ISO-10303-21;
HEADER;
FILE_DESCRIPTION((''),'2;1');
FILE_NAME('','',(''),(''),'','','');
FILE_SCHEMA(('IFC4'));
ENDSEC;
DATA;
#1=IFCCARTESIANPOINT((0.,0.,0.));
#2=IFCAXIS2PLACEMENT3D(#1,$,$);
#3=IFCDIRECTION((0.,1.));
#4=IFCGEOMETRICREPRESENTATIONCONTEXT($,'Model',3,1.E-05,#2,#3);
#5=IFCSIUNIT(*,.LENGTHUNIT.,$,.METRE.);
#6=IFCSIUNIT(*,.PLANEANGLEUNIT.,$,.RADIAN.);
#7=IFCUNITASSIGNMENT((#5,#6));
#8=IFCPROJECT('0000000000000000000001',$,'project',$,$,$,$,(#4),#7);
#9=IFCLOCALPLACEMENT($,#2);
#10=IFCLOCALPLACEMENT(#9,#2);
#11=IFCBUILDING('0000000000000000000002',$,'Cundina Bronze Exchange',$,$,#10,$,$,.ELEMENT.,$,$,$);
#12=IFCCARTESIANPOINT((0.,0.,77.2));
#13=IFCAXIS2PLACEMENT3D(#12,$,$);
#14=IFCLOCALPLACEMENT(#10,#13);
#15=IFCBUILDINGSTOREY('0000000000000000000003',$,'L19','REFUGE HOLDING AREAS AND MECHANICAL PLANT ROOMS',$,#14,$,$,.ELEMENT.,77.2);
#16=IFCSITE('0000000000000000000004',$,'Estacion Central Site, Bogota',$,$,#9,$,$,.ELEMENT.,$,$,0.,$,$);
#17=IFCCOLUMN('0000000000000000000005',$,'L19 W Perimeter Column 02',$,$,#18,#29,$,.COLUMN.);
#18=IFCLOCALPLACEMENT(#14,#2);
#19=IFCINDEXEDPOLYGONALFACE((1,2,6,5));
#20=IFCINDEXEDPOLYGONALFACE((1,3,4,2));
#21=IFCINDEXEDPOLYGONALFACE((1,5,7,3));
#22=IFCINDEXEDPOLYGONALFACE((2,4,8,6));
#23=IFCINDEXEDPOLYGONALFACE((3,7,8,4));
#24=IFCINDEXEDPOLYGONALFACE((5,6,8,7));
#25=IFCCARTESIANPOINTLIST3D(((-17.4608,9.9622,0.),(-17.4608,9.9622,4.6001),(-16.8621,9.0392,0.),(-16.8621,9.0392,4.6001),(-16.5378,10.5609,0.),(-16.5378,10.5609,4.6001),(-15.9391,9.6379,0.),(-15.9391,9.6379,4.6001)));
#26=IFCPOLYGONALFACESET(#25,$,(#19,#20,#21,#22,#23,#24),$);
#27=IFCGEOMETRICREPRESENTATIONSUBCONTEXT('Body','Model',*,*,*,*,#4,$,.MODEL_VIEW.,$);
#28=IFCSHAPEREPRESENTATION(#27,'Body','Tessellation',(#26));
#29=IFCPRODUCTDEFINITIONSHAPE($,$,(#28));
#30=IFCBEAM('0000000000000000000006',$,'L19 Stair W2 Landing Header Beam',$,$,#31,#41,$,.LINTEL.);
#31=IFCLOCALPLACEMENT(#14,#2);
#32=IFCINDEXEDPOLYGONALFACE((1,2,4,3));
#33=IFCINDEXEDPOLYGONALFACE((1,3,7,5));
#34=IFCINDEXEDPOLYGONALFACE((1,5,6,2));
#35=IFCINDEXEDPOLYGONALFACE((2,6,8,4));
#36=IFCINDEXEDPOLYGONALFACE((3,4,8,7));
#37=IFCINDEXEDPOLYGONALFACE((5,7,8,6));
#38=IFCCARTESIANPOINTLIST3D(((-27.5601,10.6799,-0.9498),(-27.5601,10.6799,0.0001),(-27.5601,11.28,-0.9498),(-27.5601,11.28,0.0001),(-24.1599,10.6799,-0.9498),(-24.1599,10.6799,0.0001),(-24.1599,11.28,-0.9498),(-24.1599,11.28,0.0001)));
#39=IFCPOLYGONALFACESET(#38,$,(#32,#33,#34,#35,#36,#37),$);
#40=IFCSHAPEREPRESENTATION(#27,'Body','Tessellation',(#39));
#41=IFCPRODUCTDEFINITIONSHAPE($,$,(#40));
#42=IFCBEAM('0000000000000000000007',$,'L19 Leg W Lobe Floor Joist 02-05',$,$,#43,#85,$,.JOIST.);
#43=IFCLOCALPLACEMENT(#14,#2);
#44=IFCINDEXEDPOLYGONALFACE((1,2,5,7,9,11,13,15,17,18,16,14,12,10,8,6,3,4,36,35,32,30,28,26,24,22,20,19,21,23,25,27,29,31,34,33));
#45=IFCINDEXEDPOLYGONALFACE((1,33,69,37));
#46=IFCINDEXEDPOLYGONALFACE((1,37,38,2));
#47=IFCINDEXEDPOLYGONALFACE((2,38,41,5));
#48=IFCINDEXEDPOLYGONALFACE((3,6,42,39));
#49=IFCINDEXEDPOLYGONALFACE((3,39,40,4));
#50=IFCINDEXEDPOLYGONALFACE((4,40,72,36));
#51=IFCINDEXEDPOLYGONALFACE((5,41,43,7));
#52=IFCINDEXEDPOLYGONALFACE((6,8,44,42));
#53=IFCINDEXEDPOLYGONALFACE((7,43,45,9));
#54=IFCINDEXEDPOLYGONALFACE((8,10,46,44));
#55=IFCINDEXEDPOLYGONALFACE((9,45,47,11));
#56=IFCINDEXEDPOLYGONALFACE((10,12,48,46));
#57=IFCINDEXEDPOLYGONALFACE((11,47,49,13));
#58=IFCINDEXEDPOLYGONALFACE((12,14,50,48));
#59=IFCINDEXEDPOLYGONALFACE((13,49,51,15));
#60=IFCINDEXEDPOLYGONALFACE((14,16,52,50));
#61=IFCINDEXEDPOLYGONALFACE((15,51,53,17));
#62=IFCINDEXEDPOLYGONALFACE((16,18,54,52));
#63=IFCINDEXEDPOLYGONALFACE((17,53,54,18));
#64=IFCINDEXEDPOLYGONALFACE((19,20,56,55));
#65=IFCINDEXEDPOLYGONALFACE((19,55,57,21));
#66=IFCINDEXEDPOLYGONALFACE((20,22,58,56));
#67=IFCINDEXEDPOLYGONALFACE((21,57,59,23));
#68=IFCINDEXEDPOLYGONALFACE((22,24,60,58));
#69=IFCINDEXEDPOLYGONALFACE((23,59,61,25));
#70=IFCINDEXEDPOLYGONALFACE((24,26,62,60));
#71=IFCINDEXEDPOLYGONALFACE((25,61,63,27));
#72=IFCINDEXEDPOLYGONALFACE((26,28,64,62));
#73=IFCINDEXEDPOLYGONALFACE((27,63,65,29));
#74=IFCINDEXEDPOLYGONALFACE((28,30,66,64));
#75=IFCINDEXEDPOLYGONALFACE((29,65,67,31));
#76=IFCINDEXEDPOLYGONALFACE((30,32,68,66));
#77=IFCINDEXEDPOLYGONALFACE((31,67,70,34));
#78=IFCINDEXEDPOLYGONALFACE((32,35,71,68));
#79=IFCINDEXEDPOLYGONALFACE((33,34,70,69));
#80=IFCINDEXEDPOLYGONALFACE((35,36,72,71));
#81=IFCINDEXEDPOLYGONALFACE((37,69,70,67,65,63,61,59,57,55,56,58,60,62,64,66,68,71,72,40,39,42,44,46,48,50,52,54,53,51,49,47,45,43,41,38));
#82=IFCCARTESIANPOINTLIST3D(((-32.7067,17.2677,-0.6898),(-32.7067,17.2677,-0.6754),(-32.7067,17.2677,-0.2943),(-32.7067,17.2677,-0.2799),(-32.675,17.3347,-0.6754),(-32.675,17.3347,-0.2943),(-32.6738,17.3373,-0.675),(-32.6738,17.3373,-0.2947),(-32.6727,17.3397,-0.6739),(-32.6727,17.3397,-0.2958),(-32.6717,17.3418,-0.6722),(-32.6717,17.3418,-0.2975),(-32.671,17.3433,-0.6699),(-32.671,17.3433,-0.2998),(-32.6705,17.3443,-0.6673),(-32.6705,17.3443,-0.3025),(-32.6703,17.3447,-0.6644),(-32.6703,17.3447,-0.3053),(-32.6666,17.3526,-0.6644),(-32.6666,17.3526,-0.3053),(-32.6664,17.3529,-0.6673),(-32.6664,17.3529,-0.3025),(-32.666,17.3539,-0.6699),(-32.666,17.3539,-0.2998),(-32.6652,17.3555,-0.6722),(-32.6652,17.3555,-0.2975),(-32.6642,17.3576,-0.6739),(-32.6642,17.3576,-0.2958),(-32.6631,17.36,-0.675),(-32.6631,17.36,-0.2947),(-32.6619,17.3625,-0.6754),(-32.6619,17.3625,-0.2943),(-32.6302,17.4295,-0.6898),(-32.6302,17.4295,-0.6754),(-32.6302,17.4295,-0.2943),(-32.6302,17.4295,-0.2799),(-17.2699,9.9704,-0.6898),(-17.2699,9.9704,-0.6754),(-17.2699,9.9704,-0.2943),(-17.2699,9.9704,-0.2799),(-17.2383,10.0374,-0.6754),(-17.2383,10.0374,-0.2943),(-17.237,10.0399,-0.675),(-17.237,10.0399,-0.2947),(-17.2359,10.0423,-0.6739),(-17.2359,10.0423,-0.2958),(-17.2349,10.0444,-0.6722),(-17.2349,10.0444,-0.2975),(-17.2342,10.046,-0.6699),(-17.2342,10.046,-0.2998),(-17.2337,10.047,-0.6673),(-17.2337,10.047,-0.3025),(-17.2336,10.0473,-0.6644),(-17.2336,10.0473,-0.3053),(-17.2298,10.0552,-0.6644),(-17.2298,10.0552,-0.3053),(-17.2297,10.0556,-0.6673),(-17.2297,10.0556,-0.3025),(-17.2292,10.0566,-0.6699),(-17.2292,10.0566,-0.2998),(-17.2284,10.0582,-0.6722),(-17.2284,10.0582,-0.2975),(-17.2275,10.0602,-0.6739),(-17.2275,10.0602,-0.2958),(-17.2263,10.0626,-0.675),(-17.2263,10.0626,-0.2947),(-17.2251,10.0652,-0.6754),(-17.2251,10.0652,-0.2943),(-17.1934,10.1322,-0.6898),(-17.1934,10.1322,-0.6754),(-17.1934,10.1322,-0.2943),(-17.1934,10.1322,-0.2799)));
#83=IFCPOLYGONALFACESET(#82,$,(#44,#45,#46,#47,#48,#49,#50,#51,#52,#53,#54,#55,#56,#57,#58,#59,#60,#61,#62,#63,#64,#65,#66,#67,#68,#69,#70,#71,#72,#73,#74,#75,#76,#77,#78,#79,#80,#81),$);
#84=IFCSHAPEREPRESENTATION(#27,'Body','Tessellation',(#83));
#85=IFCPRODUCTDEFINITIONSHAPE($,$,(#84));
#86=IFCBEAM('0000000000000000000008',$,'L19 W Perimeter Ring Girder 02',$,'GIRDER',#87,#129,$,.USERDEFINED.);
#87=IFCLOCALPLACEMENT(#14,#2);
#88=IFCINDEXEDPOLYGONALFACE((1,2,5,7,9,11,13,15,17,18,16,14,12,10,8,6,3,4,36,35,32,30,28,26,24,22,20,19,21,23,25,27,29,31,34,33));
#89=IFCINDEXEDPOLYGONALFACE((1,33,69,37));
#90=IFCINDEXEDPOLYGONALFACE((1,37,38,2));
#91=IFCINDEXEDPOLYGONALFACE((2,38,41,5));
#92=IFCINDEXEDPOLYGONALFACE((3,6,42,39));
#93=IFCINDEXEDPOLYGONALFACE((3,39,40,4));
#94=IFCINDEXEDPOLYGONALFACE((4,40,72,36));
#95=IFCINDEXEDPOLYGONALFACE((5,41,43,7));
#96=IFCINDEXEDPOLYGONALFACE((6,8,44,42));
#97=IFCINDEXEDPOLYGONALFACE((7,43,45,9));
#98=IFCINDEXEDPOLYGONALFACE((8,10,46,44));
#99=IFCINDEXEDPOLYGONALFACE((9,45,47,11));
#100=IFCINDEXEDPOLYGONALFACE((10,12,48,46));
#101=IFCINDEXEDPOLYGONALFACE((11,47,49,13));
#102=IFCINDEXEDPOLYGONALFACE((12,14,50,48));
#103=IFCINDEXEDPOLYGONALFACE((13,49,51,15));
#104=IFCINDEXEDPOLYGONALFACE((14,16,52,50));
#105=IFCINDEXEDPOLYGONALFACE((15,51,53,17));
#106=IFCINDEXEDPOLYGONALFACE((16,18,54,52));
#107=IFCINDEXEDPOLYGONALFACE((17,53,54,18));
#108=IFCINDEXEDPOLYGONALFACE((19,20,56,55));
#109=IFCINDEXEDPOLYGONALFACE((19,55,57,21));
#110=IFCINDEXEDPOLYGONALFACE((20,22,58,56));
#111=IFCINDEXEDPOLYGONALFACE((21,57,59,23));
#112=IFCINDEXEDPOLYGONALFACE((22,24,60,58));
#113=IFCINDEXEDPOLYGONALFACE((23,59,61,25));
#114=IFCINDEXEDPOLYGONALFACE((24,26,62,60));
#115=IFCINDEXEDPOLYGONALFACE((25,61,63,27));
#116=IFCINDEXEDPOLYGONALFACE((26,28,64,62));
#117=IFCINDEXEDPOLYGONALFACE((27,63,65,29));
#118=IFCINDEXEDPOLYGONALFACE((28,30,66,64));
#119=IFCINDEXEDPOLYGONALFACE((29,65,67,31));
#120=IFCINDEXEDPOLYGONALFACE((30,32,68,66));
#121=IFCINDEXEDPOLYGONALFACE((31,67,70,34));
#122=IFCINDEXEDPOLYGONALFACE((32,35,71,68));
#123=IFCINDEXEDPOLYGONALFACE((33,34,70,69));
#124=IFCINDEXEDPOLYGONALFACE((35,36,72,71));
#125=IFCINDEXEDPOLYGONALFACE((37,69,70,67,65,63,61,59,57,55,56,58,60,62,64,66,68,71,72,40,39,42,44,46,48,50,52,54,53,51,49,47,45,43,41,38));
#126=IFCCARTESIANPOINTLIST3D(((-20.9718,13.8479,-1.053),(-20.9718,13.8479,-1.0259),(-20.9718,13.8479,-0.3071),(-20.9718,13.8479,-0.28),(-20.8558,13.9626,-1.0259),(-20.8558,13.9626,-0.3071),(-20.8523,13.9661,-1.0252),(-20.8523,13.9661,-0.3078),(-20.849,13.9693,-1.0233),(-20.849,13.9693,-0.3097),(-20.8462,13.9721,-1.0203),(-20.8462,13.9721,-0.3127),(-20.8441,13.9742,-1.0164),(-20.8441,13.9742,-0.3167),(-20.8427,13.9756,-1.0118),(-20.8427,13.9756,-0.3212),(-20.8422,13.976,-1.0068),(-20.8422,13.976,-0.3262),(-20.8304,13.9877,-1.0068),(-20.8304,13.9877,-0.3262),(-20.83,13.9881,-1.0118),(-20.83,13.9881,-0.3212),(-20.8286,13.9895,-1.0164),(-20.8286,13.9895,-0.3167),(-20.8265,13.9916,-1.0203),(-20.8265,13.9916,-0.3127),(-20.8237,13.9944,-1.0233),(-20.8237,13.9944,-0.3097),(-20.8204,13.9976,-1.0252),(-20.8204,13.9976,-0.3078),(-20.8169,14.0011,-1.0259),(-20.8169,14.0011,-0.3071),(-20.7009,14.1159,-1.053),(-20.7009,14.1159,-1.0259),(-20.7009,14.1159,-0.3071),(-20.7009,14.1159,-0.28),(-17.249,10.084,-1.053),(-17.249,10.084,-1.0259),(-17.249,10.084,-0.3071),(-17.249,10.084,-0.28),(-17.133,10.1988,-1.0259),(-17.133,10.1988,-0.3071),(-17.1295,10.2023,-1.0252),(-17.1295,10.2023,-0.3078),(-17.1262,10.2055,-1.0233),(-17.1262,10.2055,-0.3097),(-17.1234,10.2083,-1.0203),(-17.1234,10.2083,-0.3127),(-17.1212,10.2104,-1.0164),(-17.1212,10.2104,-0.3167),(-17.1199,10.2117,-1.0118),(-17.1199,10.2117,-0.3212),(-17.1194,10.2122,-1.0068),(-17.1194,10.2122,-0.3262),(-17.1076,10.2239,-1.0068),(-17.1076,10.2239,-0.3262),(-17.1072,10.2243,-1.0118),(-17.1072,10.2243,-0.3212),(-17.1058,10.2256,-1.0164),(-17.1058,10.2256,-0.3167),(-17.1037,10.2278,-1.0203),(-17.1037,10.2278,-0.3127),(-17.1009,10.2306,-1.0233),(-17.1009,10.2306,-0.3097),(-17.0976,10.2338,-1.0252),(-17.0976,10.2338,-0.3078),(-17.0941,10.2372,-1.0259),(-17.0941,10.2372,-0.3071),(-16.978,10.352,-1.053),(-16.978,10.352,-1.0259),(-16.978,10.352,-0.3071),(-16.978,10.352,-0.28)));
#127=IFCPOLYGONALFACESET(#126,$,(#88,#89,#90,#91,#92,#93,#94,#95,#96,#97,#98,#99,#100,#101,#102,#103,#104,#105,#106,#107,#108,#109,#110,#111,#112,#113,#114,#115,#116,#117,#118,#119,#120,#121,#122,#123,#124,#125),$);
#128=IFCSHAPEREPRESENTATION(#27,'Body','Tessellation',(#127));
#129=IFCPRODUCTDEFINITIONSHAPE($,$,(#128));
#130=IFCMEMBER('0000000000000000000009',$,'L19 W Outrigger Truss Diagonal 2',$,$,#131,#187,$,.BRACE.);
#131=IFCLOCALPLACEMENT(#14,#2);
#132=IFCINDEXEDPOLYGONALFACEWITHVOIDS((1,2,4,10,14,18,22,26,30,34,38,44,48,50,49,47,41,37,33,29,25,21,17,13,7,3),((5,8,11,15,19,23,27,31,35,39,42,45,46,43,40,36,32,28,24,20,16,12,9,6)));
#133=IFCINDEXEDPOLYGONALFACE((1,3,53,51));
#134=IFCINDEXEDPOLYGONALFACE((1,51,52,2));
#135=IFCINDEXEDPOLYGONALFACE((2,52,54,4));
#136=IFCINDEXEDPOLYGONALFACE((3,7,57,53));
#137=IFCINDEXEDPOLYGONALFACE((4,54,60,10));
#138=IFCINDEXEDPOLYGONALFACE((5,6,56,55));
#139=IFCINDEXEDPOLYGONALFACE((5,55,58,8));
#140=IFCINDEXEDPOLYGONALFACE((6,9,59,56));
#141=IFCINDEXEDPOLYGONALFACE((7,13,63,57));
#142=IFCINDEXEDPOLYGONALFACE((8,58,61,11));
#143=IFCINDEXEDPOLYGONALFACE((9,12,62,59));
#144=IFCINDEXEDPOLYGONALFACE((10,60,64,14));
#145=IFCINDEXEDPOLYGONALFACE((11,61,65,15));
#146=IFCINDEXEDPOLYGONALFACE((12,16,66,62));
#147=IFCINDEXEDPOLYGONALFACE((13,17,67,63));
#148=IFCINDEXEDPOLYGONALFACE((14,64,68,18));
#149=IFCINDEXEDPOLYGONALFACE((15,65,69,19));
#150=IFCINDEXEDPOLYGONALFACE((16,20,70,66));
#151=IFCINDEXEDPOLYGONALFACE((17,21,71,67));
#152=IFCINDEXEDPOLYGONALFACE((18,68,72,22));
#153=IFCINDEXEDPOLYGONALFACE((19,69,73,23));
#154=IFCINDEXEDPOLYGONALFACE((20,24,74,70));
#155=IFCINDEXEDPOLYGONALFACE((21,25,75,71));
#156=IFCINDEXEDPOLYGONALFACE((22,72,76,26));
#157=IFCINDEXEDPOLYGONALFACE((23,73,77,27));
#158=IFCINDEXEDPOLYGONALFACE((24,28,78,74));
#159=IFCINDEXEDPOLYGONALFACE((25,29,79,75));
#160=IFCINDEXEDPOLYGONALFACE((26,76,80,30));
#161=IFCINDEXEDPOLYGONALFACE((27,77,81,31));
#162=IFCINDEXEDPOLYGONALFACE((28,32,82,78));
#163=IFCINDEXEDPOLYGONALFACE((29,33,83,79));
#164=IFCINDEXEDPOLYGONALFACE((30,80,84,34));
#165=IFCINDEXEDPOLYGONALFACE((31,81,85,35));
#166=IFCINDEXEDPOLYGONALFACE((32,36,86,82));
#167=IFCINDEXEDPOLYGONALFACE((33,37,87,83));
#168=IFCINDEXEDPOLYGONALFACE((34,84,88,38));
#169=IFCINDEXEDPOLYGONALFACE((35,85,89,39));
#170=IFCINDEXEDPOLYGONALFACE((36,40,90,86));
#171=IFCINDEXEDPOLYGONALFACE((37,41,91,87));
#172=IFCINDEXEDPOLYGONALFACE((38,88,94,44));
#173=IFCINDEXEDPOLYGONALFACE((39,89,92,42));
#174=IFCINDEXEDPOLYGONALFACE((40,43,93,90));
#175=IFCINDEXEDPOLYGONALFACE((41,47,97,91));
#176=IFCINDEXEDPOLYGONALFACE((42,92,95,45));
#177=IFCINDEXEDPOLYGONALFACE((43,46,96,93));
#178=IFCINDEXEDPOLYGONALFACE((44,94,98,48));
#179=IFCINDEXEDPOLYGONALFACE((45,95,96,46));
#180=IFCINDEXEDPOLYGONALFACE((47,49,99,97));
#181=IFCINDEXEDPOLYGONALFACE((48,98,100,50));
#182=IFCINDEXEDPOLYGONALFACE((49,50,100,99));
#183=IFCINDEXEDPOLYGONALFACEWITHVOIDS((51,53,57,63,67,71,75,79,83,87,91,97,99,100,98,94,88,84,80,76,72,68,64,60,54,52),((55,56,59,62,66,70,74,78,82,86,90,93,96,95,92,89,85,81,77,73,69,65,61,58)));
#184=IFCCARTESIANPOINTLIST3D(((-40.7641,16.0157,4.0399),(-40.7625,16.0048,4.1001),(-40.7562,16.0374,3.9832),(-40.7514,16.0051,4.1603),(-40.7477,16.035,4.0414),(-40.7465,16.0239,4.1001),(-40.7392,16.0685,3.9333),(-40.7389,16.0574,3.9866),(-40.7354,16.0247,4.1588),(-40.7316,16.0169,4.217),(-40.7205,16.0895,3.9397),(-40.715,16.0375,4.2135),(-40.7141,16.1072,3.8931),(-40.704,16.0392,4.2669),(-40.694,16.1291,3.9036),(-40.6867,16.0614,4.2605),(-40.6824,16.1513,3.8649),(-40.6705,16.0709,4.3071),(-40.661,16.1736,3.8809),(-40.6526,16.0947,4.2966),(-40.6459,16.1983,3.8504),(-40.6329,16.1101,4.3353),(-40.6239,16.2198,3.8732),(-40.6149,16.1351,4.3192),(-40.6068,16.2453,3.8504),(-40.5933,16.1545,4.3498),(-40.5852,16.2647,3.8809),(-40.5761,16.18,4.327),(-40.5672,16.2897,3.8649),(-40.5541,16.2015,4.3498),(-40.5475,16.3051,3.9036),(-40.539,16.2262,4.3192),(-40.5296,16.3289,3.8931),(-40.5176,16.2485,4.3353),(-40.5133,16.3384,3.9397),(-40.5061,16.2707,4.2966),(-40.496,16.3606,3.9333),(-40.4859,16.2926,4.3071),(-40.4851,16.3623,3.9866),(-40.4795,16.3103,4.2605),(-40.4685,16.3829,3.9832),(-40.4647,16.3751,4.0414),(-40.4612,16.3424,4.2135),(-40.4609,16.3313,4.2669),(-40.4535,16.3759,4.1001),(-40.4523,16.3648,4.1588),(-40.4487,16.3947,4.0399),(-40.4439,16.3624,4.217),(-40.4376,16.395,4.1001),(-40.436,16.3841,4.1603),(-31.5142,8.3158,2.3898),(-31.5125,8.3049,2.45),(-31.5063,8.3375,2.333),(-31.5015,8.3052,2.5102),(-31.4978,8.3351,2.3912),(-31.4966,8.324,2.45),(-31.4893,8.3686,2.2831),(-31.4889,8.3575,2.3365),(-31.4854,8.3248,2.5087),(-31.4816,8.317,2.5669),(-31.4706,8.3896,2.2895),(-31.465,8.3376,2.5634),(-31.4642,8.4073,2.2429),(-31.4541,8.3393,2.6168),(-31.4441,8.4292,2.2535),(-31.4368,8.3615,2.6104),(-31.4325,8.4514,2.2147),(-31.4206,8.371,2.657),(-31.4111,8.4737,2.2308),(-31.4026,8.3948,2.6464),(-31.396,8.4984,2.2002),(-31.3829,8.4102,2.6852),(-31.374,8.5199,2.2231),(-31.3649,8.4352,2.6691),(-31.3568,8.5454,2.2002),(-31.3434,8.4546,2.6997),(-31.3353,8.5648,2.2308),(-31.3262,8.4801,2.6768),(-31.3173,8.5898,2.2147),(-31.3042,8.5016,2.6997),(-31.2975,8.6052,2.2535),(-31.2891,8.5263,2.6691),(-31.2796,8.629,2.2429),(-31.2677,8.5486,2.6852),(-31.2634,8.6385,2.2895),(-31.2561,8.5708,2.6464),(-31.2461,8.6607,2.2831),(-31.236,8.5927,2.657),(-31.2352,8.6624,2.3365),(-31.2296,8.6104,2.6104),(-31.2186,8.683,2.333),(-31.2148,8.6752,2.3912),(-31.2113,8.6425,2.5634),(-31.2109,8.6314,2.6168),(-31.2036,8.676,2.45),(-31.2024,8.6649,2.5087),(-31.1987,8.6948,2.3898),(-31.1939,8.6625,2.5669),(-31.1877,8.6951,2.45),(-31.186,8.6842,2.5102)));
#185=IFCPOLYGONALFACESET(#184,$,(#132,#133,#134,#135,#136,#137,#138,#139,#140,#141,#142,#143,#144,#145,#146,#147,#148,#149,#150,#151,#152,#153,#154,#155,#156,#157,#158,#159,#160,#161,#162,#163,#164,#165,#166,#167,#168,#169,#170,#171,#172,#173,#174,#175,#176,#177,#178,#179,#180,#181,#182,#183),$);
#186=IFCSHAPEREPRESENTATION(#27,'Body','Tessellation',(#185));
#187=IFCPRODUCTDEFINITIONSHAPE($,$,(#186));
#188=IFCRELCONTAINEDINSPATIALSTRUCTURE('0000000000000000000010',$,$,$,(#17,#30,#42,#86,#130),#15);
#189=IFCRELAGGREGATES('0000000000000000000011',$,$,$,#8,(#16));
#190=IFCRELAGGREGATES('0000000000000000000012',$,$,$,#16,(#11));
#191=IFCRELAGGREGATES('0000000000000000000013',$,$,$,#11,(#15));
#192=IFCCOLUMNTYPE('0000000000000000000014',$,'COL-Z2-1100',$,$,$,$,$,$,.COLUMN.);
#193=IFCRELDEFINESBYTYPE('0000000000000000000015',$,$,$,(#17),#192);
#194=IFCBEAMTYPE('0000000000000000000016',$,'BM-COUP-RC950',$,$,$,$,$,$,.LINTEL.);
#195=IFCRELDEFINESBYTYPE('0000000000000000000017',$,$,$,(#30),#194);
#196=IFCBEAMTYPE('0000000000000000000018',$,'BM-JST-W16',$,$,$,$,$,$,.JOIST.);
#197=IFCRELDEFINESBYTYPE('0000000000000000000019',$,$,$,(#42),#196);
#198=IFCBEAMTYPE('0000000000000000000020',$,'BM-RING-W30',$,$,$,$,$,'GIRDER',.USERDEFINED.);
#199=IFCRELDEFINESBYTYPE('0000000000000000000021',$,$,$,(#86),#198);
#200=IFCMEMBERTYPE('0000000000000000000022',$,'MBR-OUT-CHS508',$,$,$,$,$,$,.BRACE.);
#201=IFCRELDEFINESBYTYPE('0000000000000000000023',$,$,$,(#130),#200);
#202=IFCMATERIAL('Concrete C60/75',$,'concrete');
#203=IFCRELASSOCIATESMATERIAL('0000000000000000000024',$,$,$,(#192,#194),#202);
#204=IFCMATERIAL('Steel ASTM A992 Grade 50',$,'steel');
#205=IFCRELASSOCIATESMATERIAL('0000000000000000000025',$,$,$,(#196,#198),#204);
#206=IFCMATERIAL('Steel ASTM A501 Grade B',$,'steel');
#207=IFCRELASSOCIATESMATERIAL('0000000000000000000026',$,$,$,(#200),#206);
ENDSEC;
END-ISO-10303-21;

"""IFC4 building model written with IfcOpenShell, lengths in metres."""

from ifc_helpers import new_model, si_unit, direction, frame, origin, origin_2d, place, context, subcontext, project, spatial, rectangle, hollow_circle, i_section, extrude, material, material_profile, profile_set, type_object, element, save


model = new_model("IFC4")

# Units and contexts
model_context = context("Model", 3, precision=1e-05, world=origin(), true_north=direction((0.0, 1.0)))
body_context = subcontext(model_context, "Body", "Model", "MODEL_VIEW")
ifc_project = project(units=[si_unit("LENGTHUNIT", "METRE"), si_unit("PLANEANGLEUNIT", "RADIAN")], contexts=[model_context])

# Site, building, storey
site_placement = place(None, origin())
site = spatial("IfcSite", under=ifc_project, at=site_placement, Name="Estacion Central Site, Bogota", CompositionType="ELEMENT", RefElevation=0.0)
building_placement = place(site_placement, origin())
building = spatial("IfcBuilding", under=site, at=building_placement, Name="Cundina Bronze Exchange", CompositionType="ELEMENT")
storey_placement = place(building_placement, frame((0.0, 0.0, 77.2)))
storey = spatial("IfcBuildingStorey", under=building, at=storey_placement, Name="L19", Description="REFUGE HOLDING AREAS AND MECHANICAL PLANT ROOMS", CompositionType="ELEMENT", Elevation=77.2)

# Column
ifc_material_1 = material(Name="Concrete C60/75", Category="concrete")
ifc_material_profile_1 = material_profile(ifc_material_1, rectangle(XDim=1.1001, YDim=1.1001, at=origin_2d()), Name="RC1100X1100", Category="concrete")
ifc_profile_set_1 = profile_set([ifc_material_profile_1], Name="Concrete C60/75")
column_type = type_object("IfcColumnType", Name="COL-Z2-1100", PredefinedType="COLUMN", material=ifc_profile_set_1)
column_placement = place(storey_placement, frame((-16.7, 9.8, 0.0), z_axis=(0.0, 0.0, 1.0), x_axis=(-0.5442, 0.838956, 0.0)))
element("IfcColumn", 1, at=column_placement, inside=storey, type_object=column_type, Name="L19 W Perimeter Column 02", PredefinedType="COLUMN", context=body_context, shape_type="SweptSolid", body=[
    extrude(rectangle(XDim=1.1001, YDim=1.1001, at=origin_2d()), origin(), (0.0, 0.0, 1.0), 4.6001),
])

# Beams
ifc_material_profile_2 = material_profile(ifc_material_1, rectangle(XDim=0.6001, YDim=0.95, at=origin_2d()), Name="RC600X950", Category="concrete")
ifc_profile_set_2 = profile_set([ifc_material_profile_2], Name="Concrete C60/75")
beam_type_1 = type_object("IfcBeamType", Name="BM-COUP-RC950", PredefinedType="LINTEL", material=ifc_profile_set_2)
beam_1_placement = place(storey_placement, frame((-27.5601, 10.98, -0.4749), z_axis=(1.0, 0.0, 0.0), x_axis=(0.0, 1.0, 0.0)))
element("IfcBeam", 2, at=beam_1_placement, inside=storey, type_object=beam_type_1, Name="L19 Stair W2 Landing Header Beam", PredefinedType="LINTEL", context=body_context, shape_type="SweptSolid", body=[
    extrude(rectangle(XDim=0.6001, YDim=0.95, at=origin_2d()), origin(), (0.0, 0.0, 1.0), 3.4001),
])
ifc_material_2 = material(Name="Steel ASTM A992 Grade 50", Category="steel")
ifc_material_profile_3 = material_profile(ifc_material_2, i_section(OverallWidth=0.179, OverallDepth=0.4099, WebThickness=0.0088, FlangeThickness=0.0144, FilletRadius=0.011, at=origin_2d()), Name="W16X45", Category="steel")
ifc_profile_set_3 = profile_set([ifc_material_profile_3], Name="Steel ASTM A992 Grade 50")
beam_type_2 = type_object("IfcBeamType", Name="BM-JST-W16", PredefinedType="JOIST", material=ifc_profile_set_3)
beam_2_placement = place(storey_placement, frame((-17.2317, 10.0513, -0.4849), z_axis=(-0.904073, 0.427379, 0.0), x_axis=(-0.427379, -0.904073, 0.0)))
element("IfcBeam", 3, at=beam_2_placement, inside=storey, type_object=beam_type_2, Name="L19 Leg W Lobe Floor Joist 02-05", PredefinedType="JOIST", context=body_context, shape_type="SweptSolid", body=[
    extrude(i_section(OverallWidth=0.179, OverallDepth=0.4099, WebThickness=0.0088, FlangeThickness=0.0144, FilletRadius=0.011, at=origin_2d()), origin(), (0.0, 0.0, 1.0), 17.0747),
])
ifc_material_profile_4 = material_profile(ifc_material_2, i_section(OverallWidth=0.3811, OverallDepth=0.7729, WebThickness=0.0166, FlangeThickness=0.0271, FilletRadius=0.019, at=origin_2d()), Name="W30X173", Category="steel")
ifc_profile_set_4 = profile_set([ifc_material_profile_4], Name="Steel ASTM A992 Grade 50")
beam_type_3 = type_object("IfcBeamType", Name="BM-RING-W30", ElementType="GIRDER", PredefinedType="USERDEFINED", material=ifc_profile_set_4)
beam_3_placement = place(storey_placement, frame((-17.1135, 10.218, -0.6665), z_axis=(-0.703222, 0.71097, 0.0), x_axis=(-0.71097, -0.703222, 0.0)))
element("IfcBeam", 4, at=beam_3_placement, inside=storey, type_object=beam_type_3, Name="L19 W Perimeter Ring Girder 02", ObjectType="GIRDER", PredefinedType="USERDEFINED", context=body_context, shape_type="SweptSolid", body=[
    extrude(i_section(OverallWidth=0.3811, OverallDepth=0.7729, WebThickness=0.0166, FlangeThickness=0.0271, FilletRadius=0.019, at=origin_2d()), origin(), (0.0, 0.0, 1.0), 5.2939),
])

# Member
ifc_material_3 = material(Name="Steel ASTM A501 Grade B", Category="steel")
ifc_material_profile_5 = material_profile(ifc_material_3, hollow_circle(Radius=0.2539, WallThickness=0.0249, at=origin_2d()), Name="CHS508X25", Category="steel")
ifc_profile_set_5 = profile_set([ifc_material_profile_5], Name="Steel ASTM A501 Grade B")
member_type = type_object("IfcMemberType", Name="MBR-OUT-CHS508", PredefinedType="BRACE", material=ifc_profile_set_5)
member_placement = place(storey_placement, frame((-31.3501, 8.5, 2.45), z_axis=(-0.76144, 0.633843, 0.135837), x_axis=(-0.639773, -0.768564, 0.0)))
element("IfcMember", 5, at=member_placement, inside=storey, type_object=member_type, Name="L19 W Outrigger Truss Diagonal 2", PredefinedType="BRACE", context=body_context, shape_type="SweptSolid", body=[
    extrude(hollow_circle(Radius=0.2539, WallThickness=0.0249, at=origin_2d()), origin(), (0.0, 0.0, 1.0), 12.1479),
])

save(model, "model.ifc")
